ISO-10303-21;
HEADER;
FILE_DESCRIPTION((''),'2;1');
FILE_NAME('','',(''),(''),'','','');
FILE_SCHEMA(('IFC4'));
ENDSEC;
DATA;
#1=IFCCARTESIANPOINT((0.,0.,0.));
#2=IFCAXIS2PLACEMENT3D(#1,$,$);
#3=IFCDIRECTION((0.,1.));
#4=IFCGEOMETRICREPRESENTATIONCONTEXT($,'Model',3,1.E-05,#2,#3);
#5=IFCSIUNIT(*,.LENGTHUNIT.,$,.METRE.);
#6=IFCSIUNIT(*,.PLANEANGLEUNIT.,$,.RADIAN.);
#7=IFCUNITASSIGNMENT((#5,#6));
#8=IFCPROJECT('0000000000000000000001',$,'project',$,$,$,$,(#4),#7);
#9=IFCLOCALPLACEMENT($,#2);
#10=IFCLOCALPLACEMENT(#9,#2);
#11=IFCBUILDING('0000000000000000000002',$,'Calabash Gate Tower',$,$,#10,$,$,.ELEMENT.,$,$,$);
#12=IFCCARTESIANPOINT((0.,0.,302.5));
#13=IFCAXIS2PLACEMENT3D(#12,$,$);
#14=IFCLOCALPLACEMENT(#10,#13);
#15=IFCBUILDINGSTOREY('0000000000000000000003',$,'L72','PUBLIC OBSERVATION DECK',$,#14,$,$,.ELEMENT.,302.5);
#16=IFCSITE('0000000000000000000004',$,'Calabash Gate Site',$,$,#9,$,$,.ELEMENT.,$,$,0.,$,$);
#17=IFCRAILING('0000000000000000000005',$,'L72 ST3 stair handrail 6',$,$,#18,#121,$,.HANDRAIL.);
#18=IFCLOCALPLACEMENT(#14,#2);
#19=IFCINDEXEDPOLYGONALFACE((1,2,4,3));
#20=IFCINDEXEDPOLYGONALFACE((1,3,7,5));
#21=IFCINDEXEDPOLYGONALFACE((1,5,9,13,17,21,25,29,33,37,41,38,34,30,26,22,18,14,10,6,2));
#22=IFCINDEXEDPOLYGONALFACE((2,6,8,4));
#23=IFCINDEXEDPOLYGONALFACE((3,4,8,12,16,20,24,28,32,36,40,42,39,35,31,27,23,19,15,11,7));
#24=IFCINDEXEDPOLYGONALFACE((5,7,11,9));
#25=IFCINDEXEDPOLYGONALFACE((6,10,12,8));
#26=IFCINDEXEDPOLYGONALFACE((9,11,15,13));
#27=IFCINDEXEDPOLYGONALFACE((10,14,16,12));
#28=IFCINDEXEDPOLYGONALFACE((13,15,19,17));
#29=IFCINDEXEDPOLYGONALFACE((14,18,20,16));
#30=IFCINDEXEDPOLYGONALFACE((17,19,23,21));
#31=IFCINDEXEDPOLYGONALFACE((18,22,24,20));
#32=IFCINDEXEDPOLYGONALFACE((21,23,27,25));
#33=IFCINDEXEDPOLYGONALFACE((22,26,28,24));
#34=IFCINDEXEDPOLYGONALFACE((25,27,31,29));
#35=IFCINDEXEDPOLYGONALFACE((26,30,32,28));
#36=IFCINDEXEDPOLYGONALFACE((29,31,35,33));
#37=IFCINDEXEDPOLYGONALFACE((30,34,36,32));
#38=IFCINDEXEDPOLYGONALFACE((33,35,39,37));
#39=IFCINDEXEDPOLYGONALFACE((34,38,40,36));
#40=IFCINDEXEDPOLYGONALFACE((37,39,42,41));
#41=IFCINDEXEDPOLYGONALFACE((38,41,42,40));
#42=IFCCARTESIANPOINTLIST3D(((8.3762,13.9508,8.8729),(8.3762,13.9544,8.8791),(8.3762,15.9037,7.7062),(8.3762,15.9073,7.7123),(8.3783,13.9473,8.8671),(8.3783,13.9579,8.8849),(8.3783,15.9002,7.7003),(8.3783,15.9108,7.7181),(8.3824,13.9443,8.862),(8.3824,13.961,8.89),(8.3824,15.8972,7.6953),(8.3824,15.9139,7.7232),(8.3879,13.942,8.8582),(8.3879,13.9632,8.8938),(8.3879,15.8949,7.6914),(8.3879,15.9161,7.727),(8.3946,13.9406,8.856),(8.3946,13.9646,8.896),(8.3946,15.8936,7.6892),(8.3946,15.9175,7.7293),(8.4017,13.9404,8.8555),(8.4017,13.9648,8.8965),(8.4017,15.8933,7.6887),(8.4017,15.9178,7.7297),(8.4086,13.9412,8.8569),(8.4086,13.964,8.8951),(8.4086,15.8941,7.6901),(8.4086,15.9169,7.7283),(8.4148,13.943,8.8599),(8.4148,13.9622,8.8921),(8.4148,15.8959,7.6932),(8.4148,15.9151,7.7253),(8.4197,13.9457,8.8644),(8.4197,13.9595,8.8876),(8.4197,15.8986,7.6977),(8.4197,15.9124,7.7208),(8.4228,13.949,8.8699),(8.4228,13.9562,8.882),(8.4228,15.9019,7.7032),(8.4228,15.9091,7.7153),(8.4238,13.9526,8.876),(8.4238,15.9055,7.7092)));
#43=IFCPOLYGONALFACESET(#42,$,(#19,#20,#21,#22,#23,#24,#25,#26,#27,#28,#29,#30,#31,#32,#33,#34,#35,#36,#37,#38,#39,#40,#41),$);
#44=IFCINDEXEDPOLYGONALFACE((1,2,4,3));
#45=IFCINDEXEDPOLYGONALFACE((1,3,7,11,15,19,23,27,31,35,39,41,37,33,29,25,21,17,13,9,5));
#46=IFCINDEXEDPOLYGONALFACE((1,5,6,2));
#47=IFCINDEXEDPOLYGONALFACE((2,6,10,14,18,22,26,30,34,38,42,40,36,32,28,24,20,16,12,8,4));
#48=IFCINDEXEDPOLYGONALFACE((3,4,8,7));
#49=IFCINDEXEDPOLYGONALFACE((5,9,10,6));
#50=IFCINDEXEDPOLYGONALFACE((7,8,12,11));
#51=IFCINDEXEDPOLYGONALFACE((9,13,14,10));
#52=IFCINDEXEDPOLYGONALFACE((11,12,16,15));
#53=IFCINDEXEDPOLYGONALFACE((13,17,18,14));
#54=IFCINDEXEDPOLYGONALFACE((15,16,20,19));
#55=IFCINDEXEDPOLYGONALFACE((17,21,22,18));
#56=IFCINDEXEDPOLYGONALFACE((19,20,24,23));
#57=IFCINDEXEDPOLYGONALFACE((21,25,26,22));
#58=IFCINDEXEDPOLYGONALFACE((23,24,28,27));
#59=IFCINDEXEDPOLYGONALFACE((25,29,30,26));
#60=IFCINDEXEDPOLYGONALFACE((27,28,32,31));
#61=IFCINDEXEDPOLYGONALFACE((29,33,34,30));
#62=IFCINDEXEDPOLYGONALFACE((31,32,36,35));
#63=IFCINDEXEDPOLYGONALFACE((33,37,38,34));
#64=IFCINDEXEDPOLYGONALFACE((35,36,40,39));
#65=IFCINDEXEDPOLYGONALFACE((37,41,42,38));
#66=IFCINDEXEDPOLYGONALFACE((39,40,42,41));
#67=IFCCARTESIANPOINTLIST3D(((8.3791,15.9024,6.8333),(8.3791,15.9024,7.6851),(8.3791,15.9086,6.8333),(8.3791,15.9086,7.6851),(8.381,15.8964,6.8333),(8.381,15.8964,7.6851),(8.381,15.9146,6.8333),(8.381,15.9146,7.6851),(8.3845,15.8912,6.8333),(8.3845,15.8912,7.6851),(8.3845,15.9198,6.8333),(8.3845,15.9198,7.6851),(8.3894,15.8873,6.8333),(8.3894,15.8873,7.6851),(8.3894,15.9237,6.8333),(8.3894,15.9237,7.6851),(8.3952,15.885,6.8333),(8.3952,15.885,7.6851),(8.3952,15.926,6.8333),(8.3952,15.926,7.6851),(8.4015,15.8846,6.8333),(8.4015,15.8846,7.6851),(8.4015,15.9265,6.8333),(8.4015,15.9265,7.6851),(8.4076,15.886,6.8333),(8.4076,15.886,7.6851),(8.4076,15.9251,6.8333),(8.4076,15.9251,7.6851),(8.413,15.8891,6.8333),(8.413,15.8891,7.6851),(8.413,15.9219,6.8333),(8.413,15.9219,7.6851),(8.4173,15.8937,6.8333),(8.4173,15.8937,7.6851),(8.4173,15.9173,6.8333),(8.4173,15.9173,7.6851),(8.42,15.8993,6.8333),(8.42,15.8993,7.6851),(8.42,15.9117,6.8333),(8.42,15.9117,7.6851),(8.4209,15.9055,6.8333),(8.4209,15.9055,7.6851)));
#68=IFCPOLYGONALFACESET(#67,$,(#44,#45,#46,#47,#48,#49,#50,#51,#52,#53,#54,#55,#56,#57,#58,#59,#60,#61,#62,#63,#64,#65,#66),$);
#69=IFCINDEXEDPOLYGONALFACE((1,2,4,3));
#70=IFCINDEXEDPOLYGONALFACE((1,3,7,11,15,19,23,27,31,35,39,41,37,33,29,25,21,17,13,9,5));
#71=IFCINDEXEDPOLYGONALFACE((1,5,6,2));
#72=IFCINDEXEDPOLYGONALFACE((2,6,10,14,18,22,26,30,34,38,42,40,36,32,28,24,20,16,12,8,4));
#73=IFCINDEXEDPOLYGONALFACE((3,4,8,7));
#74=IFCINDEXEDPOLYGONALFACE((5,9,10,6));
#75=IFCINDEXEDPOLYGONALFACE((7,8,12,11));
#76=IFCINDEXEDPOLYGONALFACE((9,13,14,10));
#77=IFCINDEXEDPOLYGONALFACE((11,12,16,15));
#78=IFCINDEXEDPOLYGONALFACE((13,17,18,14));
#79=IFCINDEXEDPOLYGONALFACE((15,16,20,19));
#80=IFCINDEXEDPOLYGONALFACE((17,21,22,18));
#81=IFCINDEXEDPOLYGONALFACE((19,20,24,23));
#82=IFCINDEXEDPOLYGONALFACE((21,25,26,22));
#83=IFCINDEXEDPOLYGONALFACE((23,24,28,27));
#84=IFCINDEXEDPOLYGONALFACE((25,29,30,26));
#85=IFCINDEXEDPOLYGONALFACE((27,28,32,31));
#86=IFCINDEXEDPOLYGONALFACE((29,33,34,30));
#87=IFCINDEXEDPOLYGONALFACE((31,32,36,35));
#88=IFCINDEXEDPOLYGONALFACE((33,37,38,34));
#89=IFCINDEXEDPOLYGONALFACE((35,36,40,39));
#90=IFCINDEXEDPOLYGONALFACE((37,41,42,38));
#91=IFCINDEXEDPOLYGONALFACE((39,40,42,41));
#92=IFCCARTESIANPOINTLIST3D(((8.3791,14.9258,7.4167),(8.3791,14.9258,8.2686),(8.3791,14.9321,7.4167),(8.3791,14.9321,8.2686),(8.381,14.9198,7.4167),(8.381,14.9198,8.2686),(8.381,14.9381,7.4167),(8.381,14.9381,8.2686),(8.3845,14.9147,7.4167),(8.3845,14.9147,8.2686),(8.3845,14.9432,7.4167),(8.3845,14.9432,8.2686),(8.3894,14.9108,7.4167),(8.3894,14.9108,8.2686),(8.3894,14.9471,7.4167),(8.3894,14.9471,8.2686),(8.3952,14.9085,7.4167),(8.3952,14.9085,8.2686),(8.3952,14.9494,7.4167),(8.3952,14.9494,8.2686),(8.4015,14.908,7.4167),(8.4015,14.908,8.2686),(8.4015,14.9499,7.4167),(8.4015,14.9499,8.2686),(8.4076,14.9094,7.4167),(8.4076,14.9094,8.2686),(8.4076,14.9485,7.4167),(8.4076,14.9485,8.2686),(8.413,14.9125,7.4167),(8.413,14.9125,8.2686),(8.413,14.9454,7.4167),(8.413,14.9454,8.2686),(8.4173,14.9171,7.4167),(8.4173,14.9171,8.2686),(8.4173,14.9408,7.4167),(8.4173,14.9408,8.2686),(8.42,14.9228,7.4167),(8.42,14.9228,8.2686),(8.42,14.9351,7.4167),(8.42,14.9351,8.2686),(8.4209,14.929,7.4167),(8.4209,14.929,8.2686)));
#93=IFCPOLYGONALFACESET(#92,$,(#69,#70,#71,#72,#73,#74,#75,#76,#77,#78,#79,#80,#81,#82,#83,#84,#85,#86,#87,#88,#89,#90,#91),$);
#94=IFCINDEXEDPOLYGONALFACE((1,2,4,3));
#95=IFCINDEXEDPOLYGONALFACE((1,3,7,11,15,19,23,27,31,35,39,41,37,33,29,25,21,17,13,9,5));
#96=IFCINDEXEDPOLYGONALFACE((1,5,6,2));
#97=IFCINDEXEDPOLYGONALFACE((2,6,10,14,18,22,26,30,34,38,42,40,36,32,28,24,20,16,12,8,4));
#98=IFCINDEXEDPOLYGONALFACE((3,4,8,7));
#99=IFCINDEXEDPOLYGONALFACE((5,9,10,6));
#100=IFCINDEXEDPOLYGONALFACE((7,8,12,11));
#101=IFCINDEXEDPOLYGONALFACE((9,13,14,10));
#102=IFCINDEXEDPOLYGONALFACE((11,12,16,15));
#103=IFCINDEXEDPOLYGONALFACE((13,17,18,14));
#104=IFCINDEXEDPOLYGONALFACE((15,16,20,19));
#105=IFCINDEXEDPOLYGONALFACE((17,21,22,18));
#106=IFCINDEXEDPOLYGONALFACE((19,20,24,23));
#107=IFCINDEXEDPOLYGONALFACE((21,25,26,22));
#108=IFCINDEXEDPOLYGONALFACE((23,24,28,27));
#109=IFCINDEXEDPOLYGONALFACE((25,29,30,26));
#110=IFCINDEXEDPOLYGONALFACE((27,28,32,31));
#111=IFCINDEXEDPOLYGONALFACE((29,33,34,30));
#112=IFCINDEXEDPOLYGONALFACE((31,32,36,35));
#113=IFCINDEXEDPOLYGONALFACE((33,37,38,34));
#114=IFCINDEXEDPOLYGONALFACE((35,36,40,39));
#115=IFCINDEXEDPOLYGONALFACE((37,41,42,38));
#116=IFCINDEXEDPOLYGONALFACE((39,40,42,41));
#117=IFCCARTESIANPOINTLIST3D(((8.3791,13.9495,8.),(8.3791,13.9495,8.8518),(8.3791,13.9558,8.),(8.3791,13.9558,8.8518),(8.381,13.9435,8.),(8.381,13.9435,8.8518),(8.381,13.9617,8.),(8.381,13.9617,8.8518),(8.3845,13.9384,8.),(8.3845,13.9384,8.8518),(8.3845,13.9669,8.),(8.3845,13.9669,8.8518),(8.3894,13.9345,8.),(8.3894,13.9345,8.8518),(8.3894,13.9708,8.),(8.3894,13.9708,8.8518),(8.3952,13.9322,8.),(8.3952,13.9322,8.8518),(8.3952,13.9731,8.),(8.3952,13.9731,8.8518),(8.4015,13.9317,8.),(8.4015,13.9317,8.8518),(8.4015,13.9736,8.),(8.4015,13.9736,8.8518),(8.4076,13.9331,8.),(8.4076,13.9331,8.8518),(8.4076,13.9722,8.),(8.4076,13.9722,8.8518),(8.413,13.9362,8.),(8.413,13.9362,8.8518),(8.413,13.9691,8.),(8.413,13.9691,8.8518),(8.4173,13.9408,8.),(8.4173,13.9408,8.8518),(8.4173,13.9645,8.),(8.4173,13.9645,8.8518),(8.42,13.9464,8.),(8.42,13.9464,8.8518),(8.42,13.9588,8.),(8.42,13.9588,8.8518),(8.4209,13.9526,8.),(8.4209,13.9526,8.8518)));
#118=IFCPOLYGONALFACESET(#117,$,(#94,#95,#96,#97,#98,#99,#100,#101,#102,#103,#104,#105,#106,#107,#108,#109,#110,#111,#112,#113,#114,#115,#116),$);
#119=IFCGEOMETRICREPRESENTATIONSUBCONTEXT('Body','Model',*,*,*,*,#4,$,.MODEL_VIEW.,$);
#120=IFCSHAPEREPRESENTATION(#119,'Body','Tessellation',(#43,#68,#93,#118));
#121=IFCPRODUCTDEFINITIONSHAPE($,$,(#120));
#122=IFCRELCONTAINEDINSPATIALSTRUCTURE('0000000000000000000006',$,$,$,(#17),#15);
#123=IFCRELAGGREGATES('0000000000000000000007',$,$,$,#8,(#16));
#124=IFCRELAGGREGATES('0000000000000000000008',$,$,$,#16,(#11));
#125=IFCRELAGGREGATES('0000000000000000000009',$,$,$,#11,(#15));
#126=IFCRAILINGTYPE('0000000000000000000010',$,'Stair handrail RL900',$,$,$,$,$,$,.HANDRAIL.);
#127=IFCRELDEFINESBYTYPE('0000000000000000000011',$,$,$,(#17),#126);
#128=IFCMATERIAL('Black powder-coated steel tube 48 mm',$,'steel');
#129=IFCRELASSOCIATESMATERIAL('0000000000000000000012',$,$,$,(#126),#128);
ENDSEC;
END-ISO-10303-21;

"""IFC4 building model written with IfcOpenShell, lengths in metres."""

from ifc_helpers import new_model, si_unit, direction, frame, origin, origin_2d, place, context, subcontext, project, spatial, circle, extrude, material, type_object, element, save


model = new_model("IFC4")

# Units and contexts
model_context = context("Model", 3, precision=1e-05, world=origin(), true_north=direction((0.0, 1.0)))
body_context = subcontext(model_context, "Body", "Model", "MODEL_VIEW")
ifc_project = project(units=[si_unit("LENGTHUNIT", "METRE"), si_unit("PLANEANGLEUNIT", "RADIAN")], contexts=[model_context])

# Site, building, storey
site_placement = place(None, origin())
site = spatial("IfcSite", under=ifc_project, at=site_placement, Name="Calabash Gate Site", CompositionType="ELEMENT", RefElevation=0.0)
building_placement = place(site_placement, origin())
building = spatial("IfcBuilding", under=site, at=building_placement, Name="Calabash Gate Tower", CompositionType="ELEMENT")
storey_placement = place(building_placement, frame((0.0, 0.0, 302.5)))
storey = spatial("IfcBuildingStorey", under=building, at=storey_placement, Name="L72", Description="PUBLIC OBSERVATION DECK", CompositionType="ELEMENT", Elevation=302.5)

# Railing
ifc_material_1 = material(Name="Black powder-coated steel tube 48 mm", Category="steel")
railing_type_1 = type_object("IfcRailingType", Name="Stair handrail RL900", PredefinedType="HANDRAIL", material=ifc_material_1)
railing_1_placement = place(storey_placement, frame((8.3999, 15.9055, 6.8333)))
element("IfcRailing", 1, at=railing_1_placement, inside=storey, type_object=railing_type_1, Name="L72 ST3 stair handrail 6", PredefinedType="HANDRAIL", context=body_context, shape_type="SweptSolid", body=[
    extrude(circle(Radius=0.0239, at=origin_2d()), frame((0.0, 0.0, 0.876), z_axis=(0.0, -0.858457, 0.512885), x_axis=(1.0, 0.0, 0.0)), (0.0, 0.0, 1.0), 2.2749),
    extrude(circle(Radius=0.021, at=origin_2d()), origin(), (0.0, 0.0, 1.0), 0.8518),
    extrude(circle(Radius=0.021, at=origin_2d()), frame((0.0, -0.9766, 0.5835)), (0.0, 0.0, 1.0), 0.8518),
    extrude(circle(Radius=0.021, at=origin_2d()), frame((0.0, -1.9529, 1.1667)), (0.0, 0.0, 1.0), 0.8518),
])

save(model, "model.ifc")
